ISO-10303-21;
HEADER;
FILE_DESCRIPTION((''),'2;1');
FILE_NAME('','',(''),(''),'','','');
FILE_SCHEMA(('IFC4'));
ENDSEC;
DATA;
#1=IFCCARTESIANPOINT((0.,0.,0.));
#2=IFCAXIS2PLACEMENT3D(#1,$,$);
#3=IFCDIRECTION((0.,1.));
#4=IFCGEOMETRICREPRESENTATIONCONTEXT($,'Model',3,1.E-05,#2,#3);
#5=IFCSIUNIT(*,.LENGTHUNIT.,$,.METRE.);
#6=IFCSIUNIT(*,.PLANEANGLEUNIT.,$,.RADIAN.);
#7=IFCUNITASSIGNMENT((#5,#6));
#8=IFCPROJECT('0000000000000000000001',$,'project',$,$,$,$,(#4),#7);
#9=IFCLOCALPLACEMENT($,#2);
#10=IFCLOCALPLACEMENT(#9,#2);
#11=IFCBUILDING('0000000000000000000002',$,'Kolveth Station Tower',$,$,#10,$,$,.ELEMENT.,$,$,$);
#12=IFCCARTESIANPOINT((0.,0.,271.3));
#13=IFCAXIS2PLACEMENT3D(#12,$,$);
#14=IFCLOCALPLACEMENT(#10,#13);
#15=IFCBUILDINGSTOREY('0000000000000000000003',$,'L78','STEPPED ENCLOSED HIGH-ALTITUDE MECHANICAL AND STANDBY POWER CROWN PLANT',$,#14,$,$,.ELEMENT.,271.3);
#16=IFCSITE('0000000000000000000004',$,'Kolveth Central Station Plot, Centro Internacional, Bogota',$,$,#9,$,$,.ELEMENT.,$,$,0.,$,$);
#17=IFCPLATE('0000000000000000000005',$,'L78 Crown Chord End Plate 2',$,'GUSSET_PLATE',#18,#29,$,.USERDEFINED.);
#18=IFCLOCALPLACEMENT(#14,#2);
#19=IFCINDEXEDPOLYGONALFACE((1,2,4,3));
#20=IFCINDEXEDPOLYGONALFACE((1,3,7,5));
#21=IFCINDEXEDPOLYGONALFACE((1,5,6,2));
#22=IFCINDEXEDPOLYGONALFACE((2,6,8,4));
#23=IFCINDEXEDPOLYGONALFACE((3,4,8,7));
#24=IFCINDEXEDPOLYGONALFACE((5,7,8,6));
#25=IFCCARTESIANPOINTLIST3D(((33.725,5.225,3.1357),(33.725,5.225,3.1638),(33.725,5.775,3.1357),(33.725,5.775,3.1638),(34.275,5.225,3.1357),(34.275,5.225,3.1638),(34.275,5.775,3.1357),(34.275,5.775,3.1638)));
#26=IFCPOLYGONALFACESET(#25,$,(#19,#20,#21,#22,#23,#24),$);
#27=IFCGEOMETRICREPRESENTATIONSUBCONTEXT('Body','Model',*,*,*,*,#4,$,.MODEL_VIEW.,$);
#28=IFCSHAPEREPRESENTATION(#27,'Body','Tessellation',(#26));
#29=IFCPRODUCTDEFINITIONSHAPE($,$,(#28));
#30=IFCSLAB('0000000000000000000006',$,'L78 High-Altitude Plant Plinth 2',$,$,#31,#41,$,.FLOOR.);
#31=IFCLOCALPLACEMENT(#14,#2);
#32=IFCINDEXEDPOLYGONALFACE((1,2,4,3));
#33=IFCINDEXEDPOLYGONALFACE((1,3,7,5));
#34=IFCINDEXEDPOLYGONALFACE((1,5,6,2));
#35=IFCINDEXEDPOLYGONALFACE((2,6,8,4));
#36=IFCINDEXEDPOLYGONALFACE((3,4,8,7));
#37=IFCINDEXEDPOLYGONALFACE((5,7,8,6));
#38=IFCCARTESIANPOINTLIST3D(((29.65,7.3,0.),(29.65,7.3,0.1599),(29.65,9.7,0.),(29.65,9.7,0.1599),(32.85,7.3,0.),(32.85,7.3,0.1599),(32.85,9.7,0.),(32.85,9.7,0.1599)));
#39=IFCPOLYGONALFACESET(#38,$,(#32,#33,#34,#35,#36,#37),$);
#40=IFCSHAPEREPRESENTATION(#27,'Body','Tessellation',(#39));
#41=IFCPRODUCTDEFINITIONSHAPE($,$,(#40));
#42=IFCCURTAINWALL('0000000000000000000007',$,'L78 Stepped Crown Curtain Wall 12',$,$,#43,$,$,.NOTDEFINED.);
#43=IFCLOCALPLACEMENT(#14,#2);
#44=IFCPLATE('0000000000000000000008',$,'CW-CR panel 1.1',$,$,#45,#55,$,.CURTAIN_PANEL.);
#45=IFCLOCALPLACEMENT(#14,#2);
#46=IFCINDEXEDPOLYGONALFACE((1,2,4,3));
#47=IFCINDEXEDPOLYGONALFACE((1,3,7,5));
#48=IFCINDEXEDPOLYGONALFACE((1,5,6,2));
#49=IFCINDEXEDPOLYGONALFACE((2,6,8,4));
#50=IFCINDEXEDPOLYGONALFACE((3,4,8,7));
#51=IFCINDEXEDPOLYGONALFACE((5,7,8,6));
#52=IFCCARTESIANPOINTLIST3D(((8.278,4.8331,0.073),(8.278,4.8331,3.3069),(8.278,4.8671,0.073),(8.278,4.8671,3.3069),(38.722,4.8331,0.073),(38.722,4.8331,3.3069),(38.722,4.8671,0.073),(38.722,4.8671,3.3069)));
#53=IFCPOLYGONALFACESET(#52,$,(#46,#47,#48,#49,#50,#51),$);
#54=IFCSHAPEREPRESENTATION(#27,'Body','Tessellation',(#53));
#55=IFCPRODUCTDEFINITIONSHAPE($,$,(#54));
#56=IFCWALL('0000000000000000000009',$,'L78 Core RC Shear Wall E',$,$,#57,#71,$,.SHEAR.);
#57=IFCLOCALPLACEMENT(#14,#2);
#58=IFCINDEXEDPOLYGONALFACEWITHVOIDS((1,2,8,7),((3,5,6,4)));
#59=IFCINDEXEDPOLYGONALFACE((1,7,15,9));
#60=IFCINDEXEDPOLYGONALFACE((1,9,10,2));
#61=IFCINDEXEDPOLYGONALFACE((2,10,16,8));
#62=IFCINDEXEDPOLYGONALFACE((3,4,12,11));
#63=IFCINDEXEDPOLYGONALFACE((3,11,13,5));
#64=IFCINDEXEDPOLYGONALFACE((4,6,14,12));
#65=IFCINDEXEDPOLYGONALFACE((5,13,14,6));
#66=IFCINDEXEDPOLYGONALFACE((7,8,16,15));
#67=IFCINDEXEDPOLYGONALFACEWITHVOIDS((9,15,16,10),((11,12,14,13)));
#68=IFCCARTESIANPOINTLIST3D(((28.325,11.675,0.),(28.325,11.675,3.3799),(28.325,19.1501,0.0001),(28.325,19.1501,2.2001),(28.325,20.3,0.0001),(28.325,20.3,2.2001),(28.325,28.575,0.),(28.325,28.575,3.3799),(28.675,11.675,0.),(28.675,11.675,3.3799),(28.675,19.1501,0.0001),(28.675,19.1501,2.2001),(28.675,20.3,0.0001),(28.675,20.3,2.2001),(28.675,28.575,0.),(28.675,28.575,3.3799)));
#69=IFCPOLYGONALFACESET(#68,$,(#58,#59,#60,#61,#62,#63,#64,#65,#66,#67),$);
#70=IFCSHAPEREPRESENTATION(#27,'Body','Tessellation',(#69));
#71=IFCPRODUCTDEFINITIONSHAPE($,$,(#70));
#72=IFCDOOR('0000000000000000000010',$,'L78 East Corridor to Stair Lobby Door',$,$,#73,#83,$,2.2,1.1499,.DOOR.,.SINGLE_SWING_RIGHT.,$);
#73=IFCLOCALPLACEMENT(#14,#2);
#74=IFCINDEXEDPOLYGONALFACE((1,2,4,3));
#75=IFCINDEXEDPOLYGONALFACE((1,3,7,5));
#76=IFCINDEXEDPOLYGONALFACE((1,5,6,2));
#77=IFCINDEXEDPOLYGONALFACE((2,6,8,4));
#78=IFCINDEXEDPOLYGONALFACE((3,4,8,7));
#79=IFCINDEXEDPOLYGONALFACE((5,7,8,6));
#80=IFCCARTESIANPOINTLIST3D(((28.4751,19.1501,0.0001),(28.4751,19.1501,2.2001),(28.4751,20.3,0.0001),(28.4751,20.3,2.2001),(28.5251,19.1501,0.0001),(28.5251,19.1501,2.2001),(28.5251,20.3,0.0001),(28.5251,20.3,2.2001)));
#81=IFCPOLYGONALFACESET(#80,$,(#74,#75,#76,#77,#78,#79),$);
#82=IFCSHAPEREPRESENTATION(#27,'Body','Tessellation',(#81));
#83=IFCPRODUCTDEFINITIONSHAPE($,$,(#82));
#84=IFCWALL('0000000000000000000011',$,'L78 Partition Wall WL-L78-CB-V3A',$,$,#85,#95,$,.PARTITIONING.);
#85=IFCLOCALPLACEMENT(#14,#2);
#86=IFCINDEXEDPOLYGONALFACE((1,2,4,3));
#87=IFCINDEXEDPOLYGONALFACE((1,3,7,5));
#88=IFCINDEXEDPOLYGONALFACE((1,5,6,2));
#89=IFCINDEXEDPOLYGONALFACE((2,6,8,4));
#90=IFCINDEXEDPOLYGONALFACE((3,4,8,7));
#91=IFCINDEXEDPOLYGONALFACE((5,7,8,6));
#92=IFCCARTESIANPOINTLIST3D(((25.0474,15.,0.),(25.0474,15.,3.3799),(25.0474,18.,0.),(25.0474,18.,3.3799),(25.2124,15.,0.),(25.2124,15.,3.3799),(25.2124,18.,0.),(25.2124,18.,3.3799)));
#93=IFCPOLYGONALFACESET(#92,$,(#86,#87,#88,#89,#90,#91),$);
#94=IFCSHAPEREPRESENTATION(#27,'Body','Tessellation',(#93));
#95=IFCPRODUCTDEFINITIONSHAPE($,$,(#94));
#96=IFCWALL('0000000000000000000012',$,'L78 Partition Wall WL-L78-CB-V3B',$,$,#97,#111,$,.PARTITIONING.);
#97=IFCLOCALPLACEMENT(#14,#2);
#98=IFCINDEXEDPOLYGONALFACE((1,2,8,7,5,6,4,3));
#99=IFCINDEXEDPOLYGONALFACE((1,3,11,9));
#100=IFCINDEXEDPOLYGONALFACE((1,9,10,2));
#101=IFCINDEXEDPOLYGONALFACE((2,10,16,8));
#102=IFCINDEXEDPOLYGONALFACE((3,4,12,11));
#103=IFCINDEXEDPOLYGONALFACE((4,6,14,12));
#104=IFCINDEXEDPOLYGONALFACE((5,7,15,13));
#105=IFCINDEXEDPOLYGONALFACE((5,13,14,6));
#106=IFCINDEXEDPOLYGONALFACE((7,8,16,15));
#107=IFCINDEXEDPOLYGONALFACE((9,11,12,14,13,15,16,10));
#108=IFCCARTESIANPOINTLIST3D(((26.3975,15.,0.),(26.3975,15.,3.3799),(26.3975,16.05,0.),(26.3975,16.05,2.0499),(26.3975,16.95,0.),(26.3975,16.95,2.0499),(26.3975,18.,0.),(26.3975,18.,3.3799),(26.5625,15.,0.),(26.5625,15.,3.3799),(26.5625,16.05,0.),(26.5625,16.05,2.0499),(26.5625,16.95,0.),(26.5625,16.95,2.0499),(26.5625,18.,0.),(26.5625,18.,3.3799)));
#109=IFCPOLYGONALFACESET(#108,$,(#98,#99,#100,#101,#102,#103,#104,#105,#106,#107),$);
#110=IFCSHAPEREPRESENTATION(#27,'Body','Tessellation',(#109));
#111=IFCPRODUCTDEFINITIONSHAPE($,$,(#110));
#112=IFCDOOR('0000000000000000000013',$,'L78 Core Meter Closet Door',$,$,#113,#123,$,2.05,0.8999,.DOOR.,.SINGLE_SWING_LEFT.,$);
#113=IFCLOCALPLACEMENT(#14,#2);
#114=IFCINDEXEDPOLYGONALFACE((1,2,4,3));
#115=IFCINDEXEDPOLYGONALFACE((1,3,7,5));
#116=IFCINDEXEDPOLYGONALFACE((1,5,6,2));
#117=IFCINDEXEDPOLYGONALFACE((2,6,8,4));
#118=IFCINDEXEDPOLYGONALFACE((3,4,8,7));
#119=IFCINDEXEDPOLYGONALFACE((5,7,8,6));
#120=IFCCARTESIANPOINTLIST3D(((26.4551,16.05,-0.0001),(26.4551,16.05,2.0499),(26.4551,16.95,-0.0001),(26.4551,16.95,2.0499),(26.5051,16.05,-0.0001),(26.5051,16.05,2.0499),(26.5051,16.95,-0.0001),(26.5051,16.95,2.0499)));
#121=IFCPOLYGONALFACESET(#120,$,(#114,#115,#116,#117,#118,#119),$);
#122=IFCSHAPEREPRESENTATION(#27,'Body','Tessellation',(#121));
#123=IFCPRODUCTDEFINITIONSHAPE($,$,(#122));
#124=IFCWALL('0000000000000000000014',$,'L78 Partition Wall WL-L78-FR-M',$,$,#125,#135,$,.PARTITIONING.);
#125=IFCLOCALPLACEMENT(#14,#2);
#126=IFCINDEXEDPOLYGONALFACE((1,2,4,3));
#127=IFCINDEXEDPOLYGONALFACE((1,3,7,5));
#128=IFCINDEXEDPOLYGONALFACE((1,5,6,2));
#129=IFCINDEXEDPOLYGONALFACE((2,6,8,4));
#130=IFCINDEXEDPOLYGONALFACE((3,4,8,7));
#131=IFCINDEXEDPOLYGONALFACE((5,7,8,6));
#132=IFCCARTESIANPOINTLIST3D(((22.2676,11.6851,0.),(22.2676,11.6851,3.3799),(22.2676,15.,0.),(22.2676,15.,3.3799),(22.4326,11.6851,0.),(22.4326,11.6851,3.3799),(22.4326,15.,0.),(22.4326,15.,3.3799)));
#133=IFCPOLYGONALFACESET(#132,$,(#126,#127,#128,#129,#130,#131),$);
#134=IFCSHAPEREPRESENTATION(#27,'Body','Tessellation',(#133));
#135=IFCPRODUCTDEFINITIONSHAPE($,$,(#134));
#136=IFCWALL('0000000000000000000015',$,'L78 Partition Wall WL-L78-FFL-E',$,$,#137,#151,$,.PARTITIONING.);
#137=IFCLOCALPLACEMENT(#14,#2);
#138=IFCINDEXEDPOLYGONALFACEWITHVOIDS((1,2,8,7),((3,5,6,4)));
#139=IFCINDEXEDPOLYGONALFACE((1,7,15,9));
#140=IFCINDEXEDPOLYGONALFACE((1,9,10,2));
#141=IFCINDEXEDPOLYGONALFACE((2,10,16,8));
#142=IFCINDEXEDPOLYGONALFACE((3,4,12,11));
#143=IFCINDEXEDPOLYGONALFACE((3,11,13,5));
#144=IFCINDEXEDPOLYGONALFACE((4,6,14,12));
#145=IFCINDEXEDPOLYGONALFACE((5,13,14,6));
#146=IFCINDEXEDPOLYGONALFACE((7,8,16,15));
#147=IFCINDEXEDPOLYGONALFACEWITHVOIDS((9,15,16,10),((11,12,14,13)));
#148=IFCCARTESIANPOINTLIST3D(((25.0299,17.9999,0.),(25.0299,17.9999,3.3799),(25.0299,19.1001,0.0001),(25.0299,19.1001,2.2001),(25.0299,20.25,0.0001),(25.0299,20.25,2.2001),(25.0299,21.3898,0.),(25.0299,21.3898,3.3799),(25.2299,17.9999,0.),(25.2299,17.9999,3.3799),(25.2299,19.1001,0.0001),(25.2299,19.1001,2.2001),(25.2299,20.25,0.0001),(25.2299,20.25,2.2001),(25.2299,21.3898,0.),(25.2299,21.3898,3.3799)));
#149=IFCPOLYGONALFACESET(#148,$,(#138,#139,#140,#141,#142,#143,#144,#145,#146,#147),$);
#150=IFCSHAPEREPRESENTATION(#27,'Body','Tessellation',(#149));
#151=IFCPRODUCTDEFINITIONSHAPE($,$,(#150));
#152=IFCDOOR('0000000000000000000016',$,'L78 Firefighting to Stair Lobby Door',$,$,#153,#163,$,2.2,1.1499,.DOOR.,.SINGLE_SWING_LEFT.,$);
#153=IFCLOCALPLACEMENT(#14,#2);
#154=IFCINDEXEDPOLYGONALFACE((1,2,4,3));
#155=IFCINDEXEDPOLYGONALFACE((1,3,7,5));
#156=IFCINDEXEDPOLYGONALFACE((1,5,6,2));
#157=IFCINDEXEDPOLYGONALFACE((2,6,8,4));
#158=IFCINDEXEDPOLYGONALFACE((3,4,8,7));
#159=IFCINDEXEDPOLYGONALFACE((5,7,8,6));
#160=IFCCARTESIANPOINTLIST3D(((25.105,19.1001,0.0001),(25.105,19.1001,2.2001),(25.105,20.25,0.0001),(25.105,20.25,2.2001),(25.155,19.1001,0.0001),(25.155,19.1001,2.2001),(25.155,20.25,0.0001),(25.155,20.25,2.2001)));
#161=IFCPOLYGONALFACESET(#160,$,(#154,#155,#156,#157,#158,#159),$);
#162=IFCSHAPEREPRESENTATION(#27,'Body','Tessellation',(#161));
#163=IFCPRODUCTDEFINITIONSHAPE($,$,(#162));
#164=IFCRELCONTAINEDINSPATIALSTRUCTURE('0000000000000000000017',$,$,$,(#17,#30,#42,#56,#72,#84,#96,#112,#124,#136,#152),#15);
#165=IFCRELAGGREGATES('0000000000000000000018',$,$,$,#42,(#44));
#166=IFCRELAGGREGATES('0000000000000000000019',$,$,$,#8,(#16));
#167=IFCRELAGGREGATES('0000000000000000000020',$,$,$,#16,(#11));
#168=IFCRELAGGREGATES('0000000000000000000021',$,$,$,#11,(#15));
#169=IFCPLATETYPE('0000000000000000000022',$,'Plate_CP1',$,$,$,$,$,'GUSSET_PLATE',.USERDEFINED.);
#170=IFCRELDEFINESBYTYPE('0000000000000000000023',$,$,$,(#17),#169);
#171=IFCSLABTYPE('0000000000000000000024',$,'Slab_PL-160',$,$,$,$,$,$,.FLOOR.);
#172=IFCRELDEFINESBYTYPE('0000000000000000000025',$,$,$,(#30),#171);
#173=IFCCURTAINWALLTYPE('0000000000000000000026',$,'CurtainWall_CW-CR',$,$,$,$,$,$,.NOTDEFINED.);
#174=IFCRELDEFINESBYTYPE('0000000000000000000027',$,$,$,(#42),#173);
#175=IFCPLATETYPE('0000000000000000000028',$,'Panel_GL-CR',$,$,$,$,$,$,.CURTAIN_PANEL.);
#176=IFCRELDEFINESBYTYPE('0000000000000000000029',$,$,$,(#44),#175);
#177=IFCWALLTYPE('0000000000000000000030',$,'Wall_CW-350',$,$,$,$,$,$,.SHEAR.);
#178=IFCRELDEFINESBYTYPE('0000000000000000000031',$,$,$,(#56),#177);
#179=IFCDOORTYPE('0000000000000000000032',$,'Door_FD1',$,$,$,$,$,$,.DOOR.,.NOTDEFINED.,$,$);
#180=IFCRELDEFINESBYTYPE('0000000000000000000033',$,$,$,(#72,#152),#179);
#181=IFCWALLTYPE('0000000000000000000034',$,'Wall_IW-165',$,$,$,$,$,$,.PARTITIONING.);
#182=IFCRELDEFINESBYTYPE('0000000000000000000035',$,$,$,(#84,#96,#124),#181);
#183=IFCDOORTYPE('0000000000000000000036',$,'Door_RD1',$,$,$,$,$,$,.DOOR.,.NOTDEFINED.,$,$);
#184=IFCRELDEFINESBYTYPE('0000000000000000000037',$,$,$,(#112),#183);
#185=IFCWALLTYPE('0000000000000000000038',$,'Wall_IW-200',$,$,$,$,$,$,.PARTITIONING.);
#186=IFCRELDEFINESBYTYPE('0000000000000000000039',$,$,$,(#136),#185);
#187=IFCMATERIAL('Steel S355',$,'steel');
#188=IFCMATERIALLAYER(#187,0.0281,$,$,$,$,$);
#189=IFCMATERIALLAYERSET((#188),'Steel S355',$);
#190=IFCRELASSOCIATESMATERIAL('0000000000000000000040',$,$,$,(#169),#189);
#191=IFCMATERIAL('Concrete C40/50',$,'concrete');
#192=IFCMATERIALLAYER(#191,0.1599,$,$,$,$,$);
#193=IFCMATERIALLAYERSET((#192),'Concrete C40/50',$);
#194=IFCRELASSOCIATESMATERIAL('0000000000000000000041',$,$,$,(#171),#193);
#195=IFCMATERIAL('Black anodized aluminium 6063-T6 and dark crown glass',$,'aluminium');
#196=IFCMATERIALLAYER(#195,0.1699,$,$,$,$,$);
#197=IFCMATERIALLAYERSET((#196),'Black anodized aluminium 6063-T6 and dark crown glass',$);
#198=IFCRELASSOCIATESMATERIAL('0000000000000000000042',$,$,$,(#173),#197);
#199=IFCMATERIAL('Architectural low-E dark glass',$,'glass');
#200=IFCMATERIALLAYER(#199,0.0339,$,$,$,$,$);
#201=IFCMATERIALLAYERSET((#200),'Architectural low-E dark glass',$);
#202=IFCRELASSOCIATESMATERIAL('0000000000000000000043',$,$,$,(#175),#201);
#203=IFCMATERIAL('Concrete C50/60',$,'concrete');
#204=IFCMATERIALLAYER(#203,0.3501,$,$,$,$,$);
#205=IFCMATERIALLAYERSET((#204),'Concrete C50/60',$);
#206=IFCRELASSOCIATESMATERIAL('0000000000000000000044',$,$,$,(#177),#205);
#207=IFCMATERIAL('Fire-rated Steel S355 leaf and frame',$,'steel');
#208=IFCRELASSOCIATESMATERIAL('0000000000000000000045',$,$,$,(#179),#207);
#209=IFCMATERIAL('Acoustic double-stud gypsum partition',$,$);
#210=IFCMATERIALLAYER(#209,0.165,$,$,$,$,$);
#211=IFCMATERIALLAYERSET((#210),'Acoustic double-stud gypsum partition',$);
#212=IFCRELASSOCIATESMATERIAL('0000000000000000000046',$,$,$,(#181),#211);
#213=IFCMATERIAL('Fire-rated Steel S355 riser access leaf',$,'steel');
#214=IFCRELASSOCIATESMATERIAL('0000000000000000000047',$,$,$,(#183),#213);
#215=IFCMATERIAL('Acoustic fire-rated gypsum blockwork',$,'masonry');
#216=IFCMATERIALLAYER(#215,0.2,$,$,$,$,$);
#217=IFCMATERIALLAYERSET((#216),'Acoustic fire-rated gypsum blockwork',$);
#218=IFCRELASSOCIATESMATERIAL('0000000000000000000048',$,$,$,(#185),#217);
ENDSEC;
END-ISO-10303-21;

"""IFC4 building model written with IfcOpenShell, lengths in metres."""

from ifc_helpers import new_model, si_unit, direction, frame, frame_2d, origin, origin_2d, place, context, subcontext, project, spatial, rectangle, extrude, source, transform, mapped, material, layer, layer_set, type_object, element, fill, aggregate, save


model = new_model("IFC4")

# Units and contexts
model_context = context("Model", 3, precision=1e-05, world=origin(), true_north=direction((0.0, 1.0)))
body_context = subcontext(model_context, "Body", "Model", "MODEL_VIEW")
ifc_project = project(units=[si_unit("LENGTHUNIT", "METRE"), si_unit("PLANEANGLEUNIT", "RADIAN")], contexts=[model_context])

# Site, building, storey
site_placement = place(None, origin())
site = spatial("IfcSite", under=ifc_project, at=site_placement, Name="Kolveth Central Station Plot, Centro Internacional, Bogota", CompositionType="ELEMENT", RefElevation=0.0)
building_placement = place(site_placement, origin())
building = spatial("IfcBuilding", under=site, at=building_placement, Name="Kolveth Station Tower", CompositionType="ELEMENT")
storey_placement = place(building_placement, frame((0.0, 0.0, 271.3)))
storey = spatial("IfcBuildingStorey", under=building, at=storey_placement, Name="L78", Description="STEPPED ENCLOSED HIGH-ALTITUDE MECHANICAL AND STANDBY POWER CROWN PLANT", CompositionType="ELEMENT", Elevation=271.3)

# Shared definitions
ifc_material_1 = material(Name="Steel S355", Category="steel")

# Plate
ifc_layer_1 = layer(ifc_material_1, 0.0281)
ifc_layer_set_1 = layer_set([ifc_layer_1], Name="Steel S355")
plate_type_1 = type_object("IfcPlateType", Name="Plate_CP1", ElementType="GUSSET_PLATE", PredefinedType="USERDEFINED", material=ifc_layer_set_1)
shared_shape_1 = source(origin(), body_context, "Body", "SweptSolid", [
    extrude(rectangle(XDim=0.55, YDim=0.55, at=origin_2d()), origin(), (0.0, 0.0, 1.0), 0.0281),
])
plate_1_placement = place(storey_placement, frame((34.0, 5.5, 3.1357), z_axis=(0.0, 0.0, 1.0), x_axis=(1.0, 0.0, 0.0)))
element("IfcPlate", 1, at=plate_1_placement, inside=storey, type_object=plate_type_1, Name="L78 Crown Chord End Plate 2", ObjectType="GUSSET_PLATE", PredefinedType="USERDEFINED", context=body_context, shape_type="MappedRepresentation", body=[
    mapped(shared_shape_1, transform((0.0, 0.0, 0.0), x_axis=(1.0, 0.0, 0.0), y_axis=(0.0, 1.0, 0.0), z_axis=(0.0, 0.0, 1.0), scale=1.0)),
])

# Slab
ifc_material_2 = material(Name="Concrete C40/50", Category="concrete")
ifc_layer_2 = layer(ifc_material_2, 0.1599)
ifc_layer_set_2 = layer_set([ifc_layer_2], Name="Concrete C40/50")
slab_type = type_object("IfcSlabType", Name="Slab_PL-160", PredefinedType="FLOOR", material=ifc_layer_set_2)
shared_shape_2 = source(origin(), body_context, "Body", "SweptSolid", [
    extrude(rectangle(XDim=3.2, YDim=2.3999, at=origin_2d()), origin(), (0.0, 0.0, 1.0), 0.1599),
])
slab_placement = place(storey_placement, frame((31.25, 8.5, 0.0), z_axis=(0.0, 0.0, 1.0), x_axis=(1.0, 0.0, 0.0)))
element("IfcSlab", 2, at=slab_placement, inside=storey, type_object=slab_type, Name="L78 High-Altitude Plant Plinth 2", PredefinedType="FLOOR", context=body_context, shape_type="MappedRepresentation", body=[
    mapped(shared_shape_2, transform((0.0, 0.0, 0.0), x_axis=(1.0, 0.0, 0.0), y_axis=(0.0, 1.0, 0.0), z_axis=(0.0, 0.0, 1.0), scale=1.0)),
])

# Curtain wall, plate
ifc_material_3 = material(Name="Black anodized aluminium 6063-T6 and dark crown glass", Category="aluminium")
ifc_layer_3 = layer(ifc_material_3, 0.1699)
ifc_layer_set_3 = layer_set([ifc_layer_3], Name="Black anodized aluminium 6063-T6 and dark crown glass")
curtain_wall_type = type_object("IfcCurtainWallType", Name="CurtainWall_CW-CR", PredefinedType="NOTDEFINED", material=ifc_layer_set_3)
curtain_wall_placement = place(storey_placement, origin())
curtain_wall = element("IfcCurtainWall", 3, at=curtain_wall_placement, inside=storey, type_object=curtain_wall_type, Name="L78 Stepped Crown Curtain Wall 12", PredefinedType="NOTDEFINED")
ifc_material_4 = material(Name="Architectural low-E dark glass", Category="glass")
ifc_layer_4 = layer(ifc_material_4, 0.0339)
ifc_layer_set_4 = layer_set([ifc_layer_4], Name="Architectural low-E dark glass")
plate_type_2 = type_object("IfcPlateType", Name="Panel_GL-CR", PredefinedType="CURTAIN_PANEL", material=ifc_layer_set_4)
shared_shape_3 = source(origin(), body_context, "Body", "SweptSolid", [
    extrude(rectangle(XDim=30.4441, YDim=0.0339, at=origin_2d()), origin(), (0.0, 0.0, 1.0), 3.2339),
])
plate_2_placement = place(storey_placement, frame((23.5, 4.8501, 0.073), z_axis=(0.0, 0.0, 1.0), x_axis=(1.0, 0.0, 0.0)))
plate_2 = element("IfcPlate", 4, at=plate_2_placement, type_object=plate_type_2, Name="CW-CR panel 1.1", PredefinedType="CURTAIN_PANEL", context=body_context, shape_type="MappedRepresentation", body=[
    mapped(shared_shape_3, transform((0.0, 0.0, 0.0), x_axis=(1.0, 0.0, 0.0), y_axis=(0.0, 1.0, 0.0), z_axis=(0.0, 0.0, 1.0), scale=1.0)),
])
aggregate(curtain_wall, [plate_2])

# Wall, opening, door
ifc_material_5 = material(Name="Concrete C50/60", Category="concrete")
ifc_layer_5 = layer(ifc_material_5, 0.3501)
ifc_layer_set_5 = layer_set([ifc_layer_5], Name="Concrete C50/60")
wall_type_1 = type_object("IfcWallType", Name="Wall_CW-350", PredefinedType="SHEAR", material=ifc_layer_set_5)
wall_1_placement = place(storey_placement, frame((28.5, 11.675, 0.0), z_axis=(0.0, 0.0, 1.0), x_axis=(0.0, 1.0, 0.0)))
wall_1 = element("IfcWall", 5, at=wall_1_placement, inside=storey, type_object=wall_type_1, Name="L78 Core RC Shear Wall E", PredefinedType="SHEAR", context=body_context, shape_type="SweptSolid", body=[
    extrude(rectangle(XDim=16.8999, YDim=0.3501, at=frame_2d((8.45, 0.0))), origin(), (0.0, 0.0, 1.0), 3.3799),
])
opening_1_placement = place(wall_1_placement, frame((7.4751, 0.0, 0.0)))
opening_1 = element("IfcOpeningElement", 6, at=opening_1_placement, cuts=wall_1, PredefinedType="OPENING", context=body_context, shape_type="SweptSolid", body=[
    extrude(rectangle(XDim=1.1499, YDim=2.2, at=frame_2d((0.575, 1.1001))), frame((0.0, 0.1851, 0.0), z_axis=(0.0, -1.0, 0.0), x_axis=(1.0, 0.0, 0.0)), (0.0, 0.0, 1.0), 0.3701),
])
ifc_material_6 = material(Name="Fire-rated Steel S355 leaf and frame", Category="steel")
door_type_1 = type_object("IfcDoorType", Name="Door_FD1", OperationType="NOTDEFINED", PredefinedType="DOOR", material=ifc_material_6)
door_1_placement = place(opening_1_placement, origin())
door_1 = element("IfcDoor", 7, at=door_1_placement, inside=storey, type_object=door_type_1, Name="L78 East Corridor to Stair Lobby Door", OperationType="SINGLE_SWING_RIGHT", OverallHeight=2.2, OverallWidth=1.1499, PredefinedType="DOOR", context=body_context, shape_type="SweptSolid", body=[
    extrude(rectangle(XDim=1.1499, YDim=2.2, at=frame_2d((0.575, 1.1001))), frame((0.0, 0.0249, 0.0), z_axis=(0.0, -1.0, 0.0), x_axis=(1.0, 0.0, 0.0)), (0.0, 0.0, 1.0), 0.05),
])
fill(opening_1, door_1)

# Wall
ifc_material_7 = material(Name="Acoustic double-stud gypsum partition")
ifc_layer_6 = layer(ifc_material_7, 0.165)
ifc_layer_set_6 = layer_set([ifc_layer_6], Name="Acoustic double-stud gypsum partition")
wall_type_2 = type_object("IfcWallType", Name="Wall_IW-165", PredefinedType="PARTITIONING", material=ifc_layer_set_6)
wall_2_placement = place(storey_placement, frame((25.1299, 15.0, 0.0), z_axis=(0.0, 0.0, 1.0), x_axis=(0.0, 1.0, 0.0)))
element("IfcWall", 8, at=wall_2_placement, inside=storey, type_object=wall_type_2, Name="L78 Partition Wall WL-L78-CB-V3A", PredefinedType="PARTITIONING", context=body_context, shape_type="SweptSolid", body=[
    extrude(rectangle(XDim=3.0, YDim=0.165, at=frame_2d((1.5, 0.0))), origin(), (0.0, 0.0, 1.0), 3.3799),
])

# Wall, opening, door
wall_3_placement = place(storey_placement, frame((26.48, 15.0, 0.0), z_axis=(0.0, 0.0, 1.0), x_axis=(0.0, 1.0, 0.0)))
wall_3 = element("IfcWall", 9, at=wall_3_placement, inside=storey, type_object=wall_type_2, Name="L78 Partition Wall WL-L78-CB-V3B", PredefinedType="PARTITIONING", context=body_context, shape_type="SweptSolid", body=[
    extrude(rectangle(XDim=3.0, YDim=0.165, at=frame_2d((1.5, 0.0))), origin(), (0.0, 0.0, 1.0), 3.3799),
])
opening_2_placement = place(wall_3_placement, frame((1.05, 0.0, 0.0)))
opening_2 = element("IfcOpeningElement", 10, at=opening_2_placement, cuts=wall_3, PredefinedType="OPENING", context=body_context, shape_type="SweptSolid", body=[
    extrude(rectangle(XDim=0.8999, YDim=2.05, at=frame_2d((0.45, 1.0249))), frame((0.0, 0.0925, 0.0), z_axis=(0.0, -1.0, 0.0), x_axis=(1.0, 0.0, 0.0)), (0.0, 0.0, 1.0), 0.1851),
])
ifc_material_8 = material(Name="Fire-rated Steel S355 riser access leaf", Category="steel")
door_type_2 = type_object("IfcDoorType", Name="Door_RD1", OperationType="NOTDEFINED", PredefinedType="DOOR", material=ifc_material_8)
door_2_placement = place(opening_2_placement, origin())
door_2 = element("IfcDoor", 11, at=door_2_placement, inside=storey, type_object=door_type_2, Name="L78 Core Meter Closet Door", OperationType="SINGLE_SWING_LEFT", OverallHeight=2.05, OverallWidth=0.8999, PredefinedType="DOOR", context=body_context, shape_type="SweptSolid", body=[
    extrude(rectangle(XDim=0.8999, YDim=2.05, at=frame_2d((0.45, 1.0249))), frame((0.0, 0.0249, 0.0), z_axis=(0.0, -1.0, 0.0), x_axis=(1.0, 0.0, 0.0)), (0.0, 0.0, 1.0), 0.05),
])
fill(opening_2, door_2)

# Wall
wall_4_placement = place(storey_placement, frame((22.3501, 11.6851, 0.0), z_axis=(0.0, 0.0, 1.0), x_axis=(0.0, 1.0, 0.0)))
element("IfcWall", 12, at=wall_4_placement, inside=storey, type_object=wall_type_2, Name="L78 Partition Wall WL-L78-FR-M", PredefinedType="PARTITIONING", context=body_context, shape_type="SweptSolid", body=[
    extrude(rectangle(XDim=3.3149, YDim=0.165, at=frame_2d((1.6575, 0.0))), origin(), (0.0, 0.0, 1.0), 3.3799),
])

# Wall, opening, door
ifc_material_9 = material(Name="Acoustic fire-rated gypsum blockwork", Category="masonry")
ifc_layer_7 = layer(ifc_material_9, 0.2)
ifc_layer_set_7 = layer_set([ifc_layer_7], Name="Acoustic fire-rated gypsum blockwork")
wall_type_3 = type_object("IfcWallType", Name="Wall_IW-200", PredefinedType="PARTITIONING", material=ifc_layer_set_7)
wall_5_placement = place(storey_placement, frame((25.1299, 18.0, 0.0), z_axis=(0.0, 0.0, 1.0), x_axis=(0.0, 1.0, 0.0)))
wall_5 = element("IfcWall", 13, at=wall_5_placement, inside=storey, type_object=wall_type_3, Name="L78 Partition Wall WL-L78-FFL-E", PredefinedType="PARTITIONING", context=body_context, shape_type="SweptSolid", body=[
    extrude(rectangle(XDim=3.3899, YDim=0.2, at=frame_2d((1.6948, 0.0))), origin(), (0.0, 0.0, 1.0), 3.3799),
])
opening_3_placement = place(wall_5_placement, frame((1.1001, 0.0, 0.0)))
opening_3 = element("IfcOpeningElement", 14, at=opening_3_placement, cuts=wall_5, PredefinedType="OPENING", context=body_context, shape_type="SweptSolid", body=[
    extrude(rectangle(XDim=1.1499, YDim=2.2, at=frame_2d((0.575, 1.1001))), frame((0.0, 0.1099, 0.0), z_axis=(0.0, -1.0, 0.0), x_axis=(1.0, 0.0, 0.0)), (0.0, 0.0, 1.0), 0.22),
])
door_3_placement = place(opening_3_placement, origin())
door_3 = element("IfcDoor", 15, at=door_3_placement, inside=storey, type_object=door_type_1, Name="L78 Firefighting to Stair Lobby Door", OperationType="SINGLE_SWING_LEFT", OverallHeight=2.2, OverallWidth=1.1499, PredefinedType="DOOR", context=body_context, shape_type="SweptSolid", body=[
    extrude(rectangle(XDim=1.1499, YDim=2.2, at=frame_2d((0.575, 1.1001))), frame((0.0, 0.0249, 0.0), z_axis=(0.0, -1.0, 0.0), x_axis=(1.0, 0.0, 0.0)), (0.0, 0.0, 1.0), 0.05),
])
fill(opening_3, door_3)

save(model, "model.ifc")
